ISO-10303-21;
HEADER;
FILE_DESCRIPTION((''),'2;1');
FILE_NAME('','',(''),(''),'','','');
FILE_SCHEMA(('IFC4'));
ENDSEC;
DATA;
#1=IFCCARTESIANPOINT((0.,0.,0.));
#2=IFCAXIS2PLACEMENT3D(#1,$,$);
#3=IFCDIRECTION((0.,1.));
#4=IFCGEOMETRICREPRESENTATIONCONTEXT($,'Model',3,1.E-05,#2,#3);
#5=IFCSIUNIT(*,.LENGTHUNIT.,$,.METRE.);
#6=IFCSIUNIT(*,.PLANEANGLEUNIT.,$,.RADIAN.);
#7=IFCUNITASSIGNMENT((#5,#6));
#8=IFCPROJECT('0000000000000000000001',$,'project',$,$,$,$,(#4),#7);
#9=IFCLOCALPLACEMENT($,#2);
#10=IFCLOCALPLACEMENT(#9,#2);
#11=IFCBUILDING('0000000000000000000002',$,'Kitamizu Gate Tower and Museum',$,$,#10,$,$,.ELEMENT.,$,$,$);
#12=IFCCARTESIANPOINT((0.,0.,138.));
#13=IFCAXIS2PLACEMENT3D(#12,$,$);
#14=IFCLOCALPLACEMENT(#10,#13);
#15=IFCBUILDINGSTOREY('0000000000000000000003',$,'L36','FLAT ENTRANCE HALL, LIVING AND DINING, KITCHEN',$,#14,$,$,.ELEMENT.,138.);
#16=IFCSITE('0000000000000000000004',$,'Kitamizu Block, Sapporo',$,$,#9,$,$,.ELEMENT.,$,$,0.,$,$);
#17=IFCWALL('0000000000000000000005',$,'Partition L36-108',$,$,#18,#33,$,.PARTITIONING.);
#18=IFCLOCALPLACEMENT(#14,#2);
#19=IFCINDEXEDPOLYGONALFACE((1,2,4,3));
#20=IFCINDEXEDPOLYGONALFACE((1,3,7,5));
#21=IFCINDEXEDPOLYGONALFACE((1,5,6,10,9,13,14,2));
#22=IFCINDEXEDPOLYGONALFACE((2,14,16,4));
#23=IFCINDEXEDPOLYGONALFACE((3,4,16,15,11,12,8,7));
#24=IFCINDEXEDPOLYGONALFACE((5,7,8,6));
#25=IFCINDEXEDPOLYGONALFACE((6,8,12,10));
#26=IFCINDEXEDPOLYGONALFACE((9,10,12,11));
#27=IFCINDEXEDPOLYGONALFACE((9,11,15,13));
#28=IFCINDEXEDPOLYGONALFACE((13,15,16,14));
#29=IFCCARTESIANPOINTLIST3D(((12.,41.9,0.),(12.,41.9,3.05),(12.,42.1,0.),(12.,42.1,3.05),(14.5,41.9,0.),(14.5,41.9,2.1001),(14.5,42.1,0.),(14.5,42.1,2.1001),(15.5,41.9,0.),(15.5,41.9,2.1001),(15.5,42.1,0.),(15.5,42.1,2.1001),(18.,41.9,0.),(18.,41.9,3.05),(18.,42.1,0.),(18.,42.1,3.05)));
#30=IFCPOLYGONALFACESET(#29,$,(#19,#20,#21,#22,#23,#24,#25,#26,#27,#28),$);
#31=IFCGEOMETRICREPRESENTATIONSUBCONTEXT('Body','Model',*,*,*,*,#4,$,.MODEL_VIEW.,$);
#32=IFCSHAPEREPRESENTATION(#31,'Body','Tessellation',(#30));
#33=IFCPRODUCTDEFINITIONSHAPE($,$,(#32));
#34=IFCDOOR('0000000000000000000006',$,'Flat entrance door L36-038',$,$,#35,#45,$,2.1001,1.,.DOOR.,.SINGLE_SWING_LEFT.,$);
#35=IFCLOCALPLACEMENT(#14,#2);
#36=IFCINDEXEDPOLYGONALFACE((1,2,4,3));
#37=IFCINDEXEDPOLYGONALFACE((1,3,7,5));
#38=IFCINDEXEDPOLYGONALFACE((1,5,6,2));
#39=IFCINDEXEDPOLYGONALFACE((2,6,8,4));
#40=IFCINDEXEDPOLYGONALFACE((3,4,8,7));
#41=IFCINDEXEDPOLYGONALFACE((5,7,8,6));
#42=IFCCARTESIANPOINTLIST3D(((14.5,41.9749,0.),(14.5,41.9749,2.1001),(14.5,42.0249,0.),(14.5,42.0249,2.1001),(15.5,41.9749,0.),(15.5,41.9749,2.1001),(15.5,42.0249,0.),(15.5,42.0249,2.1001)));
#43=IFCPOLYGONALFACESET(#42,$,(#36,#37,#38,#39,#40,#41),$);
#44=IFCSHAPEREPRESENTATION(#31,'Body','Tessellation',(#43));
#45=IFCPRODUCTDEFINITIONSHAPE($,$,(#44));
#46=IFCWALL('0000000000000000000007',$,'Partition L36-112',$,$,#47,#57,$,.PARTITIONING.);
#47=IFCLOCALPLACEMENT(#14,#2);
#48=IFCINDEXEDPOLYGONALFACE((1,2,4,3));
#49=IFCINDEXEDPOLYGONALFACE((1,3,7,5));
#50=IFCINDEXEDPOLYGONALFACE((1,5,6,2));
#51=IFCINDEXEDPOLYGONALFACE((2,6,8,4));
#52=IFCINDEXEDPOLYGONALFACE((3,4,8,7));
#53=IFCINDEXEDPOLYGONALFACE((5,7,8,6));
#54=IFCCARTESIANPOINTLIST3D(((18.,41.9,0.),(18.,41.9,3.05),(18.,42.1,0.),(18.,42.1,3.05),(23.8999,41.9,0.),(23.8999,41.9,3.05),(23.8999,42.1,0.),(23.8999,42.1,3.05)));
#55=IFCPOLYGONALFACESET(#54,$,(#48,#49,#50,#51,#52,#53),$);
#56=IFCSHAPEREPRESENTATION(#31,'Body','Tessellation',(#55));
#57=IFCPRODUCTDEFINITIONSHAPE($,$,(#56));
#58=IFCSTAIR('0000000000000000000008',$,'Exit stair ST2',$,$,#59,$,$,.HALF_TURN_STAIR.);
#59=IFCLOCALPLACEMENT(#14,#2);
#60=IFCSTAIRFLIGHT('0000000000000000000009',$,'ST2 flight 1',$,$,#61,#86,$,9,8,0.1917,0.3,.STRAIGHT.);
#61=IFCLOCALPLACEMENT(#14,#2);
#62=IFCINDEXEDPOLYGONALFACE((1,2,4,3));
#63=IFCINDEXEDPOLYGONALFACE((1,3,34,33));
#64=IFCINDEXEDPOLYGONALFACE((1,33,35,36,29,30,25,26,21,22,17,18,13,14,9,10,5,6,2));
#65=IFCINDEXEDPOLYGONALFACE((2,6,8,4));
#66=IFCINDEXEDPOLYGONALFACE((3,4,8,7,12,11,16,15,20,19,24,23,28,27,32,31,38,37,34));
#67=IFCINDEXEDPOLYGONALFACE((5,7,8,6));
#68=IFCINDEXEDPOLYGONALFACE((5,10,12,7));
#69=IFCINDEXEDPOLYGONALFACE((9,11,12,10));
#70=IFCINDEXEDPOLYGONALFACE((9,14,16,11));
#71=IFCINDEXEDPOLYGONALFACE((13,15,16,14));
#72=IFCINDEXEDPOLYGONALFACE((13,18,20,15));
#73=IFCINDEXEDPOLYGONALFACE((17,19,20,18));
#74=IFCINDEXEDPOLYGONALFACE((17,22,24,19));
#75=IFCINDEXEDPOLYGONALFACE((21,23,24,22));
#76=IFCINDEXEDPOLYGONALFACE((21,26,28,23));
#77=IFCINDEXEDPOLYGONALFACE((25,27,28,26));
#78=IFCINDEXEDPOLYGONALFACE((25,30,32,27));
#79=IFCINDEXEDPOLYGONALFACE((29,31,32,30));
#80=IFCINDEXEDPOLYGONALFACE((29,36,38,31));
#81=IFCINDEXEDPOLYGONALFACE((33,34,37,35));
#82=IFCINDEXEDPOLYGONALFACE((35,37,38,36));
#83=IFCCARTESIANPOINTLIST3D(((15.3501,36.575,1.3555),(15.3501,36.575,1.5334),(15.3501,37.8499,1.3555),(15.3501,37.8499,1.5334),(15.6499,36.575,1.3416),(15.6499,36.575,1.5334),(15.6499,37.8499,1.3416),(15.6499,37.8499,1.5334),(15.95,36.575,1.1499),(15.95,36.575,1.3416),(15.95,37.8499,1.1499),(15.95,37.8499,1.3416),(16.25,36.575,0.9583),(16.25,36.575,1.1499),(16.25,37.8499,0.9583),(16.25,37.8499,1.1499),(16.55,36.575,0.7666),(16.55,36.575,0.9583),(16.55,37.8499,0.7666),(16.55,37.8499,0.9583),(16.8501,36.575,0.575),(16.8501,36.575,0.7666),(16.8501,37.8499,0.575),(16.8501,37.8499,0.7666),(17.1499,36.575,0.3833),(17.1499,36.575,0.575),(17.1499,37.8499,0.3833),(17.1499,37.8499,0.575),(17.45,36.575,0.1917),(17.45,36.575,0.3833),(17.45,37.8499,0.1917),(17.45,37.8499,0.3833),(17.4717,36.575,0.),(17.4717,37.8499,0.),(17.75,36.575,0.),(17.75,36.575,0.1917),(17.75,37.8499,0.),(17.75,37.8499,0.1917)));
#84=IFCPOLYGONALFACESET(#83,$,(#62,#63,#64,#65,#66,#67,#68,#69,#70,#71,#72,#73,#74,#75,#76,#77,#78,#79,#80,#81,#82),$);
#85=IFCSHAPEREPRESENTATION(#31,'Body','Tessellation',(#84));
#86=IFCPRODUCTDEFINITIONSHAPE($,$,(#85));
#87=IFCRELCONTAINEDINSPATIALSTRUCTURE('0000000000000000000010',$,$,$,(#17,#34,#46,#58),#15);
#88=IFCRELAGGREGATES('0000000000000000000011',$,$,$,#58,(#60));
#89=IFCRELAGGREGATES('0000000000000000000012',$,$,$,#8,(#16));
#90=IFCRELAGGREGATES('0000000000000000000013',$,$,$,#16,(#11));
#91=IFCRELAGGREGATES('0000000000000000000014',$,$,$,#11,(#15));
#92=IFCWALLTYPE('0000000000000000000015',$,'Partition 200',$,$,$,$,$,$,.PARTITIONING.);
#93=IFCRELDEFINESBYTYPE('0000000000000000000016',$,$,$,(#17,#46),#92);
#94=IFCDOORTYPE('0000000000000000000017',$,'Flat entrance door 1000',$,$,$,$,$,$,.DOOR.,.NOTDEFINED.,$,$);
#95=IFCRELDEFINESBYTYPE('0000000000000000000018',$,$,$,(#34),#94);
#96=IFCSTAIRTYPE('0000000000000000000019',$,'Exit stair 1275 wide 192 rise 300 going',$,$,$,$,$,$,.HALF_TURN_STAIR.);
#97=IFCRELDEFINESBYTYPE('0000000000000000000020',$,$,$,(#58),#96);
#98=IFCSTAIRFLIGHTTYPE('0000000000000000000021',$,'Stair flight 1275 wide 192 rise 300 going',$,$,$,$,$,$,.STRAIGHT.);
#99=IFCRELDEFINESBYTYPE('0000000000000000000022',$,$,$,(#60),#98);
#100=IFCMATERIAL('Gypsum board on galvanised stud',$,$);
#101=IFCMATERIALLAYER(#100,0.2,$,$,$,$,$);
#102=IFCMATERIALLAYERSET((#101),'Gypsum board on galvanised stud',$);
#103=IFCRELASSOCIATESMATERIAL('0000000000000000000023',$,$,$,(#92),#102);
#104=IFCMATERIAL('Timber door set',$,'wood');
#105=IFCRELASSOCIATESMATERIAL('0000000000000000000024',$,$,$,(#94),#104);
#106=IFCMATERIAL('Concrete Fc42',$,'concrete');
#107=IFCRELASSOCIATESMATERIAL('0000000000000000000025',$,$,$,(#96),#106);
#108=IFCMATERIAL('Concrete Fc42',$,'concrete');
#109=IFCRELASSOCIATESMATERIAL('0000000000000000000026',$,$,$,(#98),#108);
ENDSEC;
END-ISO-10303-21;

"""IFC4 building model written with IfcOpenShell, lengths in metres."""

from ifc_helpers import new_model, si_unit, direction, frame, frame_2d, origin, place, context, subcontext, project, spatial, polyline, rectangle, outline, extrude, material, layer, layer_set, type_object, element, fill, aggregate, save


model = new_model("IFC4")

# Units and contexts
model_context = context("Model", 3, precision=1e-05, world=origin(), true_north=direction((0.0, 1.0)))
body_context = subcontext(model_context, "Body", "Model", "MODEL_VIEW")
ifc_project = project(units=[si_unit("LENGTHUNIT", "METRE"), si_unit("PLANEANGLEUNIT", "RADIAN")], contexts=[model_context])

# Site, building, storey
site_placement = place(None, origin())
site = spatial("IfcSite", under=ifc_project, at=site_placement, Name="Kitamizu Block, Sapporo", CompositionType="ELEMENT", RefElevation=0.0)
building_placement = place(site_placement, origin())
building = spatial("IfcBuilding", under=site, at=building_placement, Name="Kitamizu Gate Tower and Museum", CompositionType="ELEMENT")
storey_placement = place(building_placement, frame((0.0, 0.0, 138.0)))
storey = spatial("IfcBuildingStorey", under=building, at=storey_placement, Name="L36", Description="FLAT ENTRANCE HALL, LIVING AND DINING, KITCHEN", CompositionType="ELEMENT", Elevation=138.0)

# Shared definitions
ifc_material_1 = material(Name="Gypsum board on galvanised stud")
ifc_layer_1 = layer(ifc_material_1, 0.2)
ifc_layer_set_1 = layer_set([ifc_layer_1], Name="Gypsum board on galvanised stud")
wall_type_1 = type_object("IfcWallType", Name="Partition 200", PredefinedType="PARTITIONING", material=ifc_layer_set_1)

# Wall, opening, door
wall_1_placement = place(storey_placement, frame((12.0, 42.0, 0.0), z_axis=(0.0, 0.0, 1.0), x_axis=(1.0, 0.0, 0.0)))
wall_1 = element("IfcWall", 1, at=wall_1_placement, inside=storey, type_object=wall_type_1, Name="Partition L36-108", PredefinedType="PARTITIONING", context=body_context, shape_type="SweptSolid", body=[
    extrude(rectangle(XDim=6.0, YDim=0.2, at=frame_2d((3.0, 0.0))), origin(), (0.0, 0.0, 1.0), 3.05),
])
opening_1_placement = place(wall_1_placement, frame((2.5, 0.0, 0.0)))
opening_1 = element("IfcOpeningElement", 2, at=opening_1_placement, cuts=wall_1, PredefinedType="OPENING", context=body_context, shape_type="SweptSolid", body=[
    extrude(rectangle(XDim=1.0, YDim=2.1001, at=frame_2d((0.5, 1.05))), frame((0.0, 0.1099, 0.0), z_axis=(0.0, -1.0, 0.0), x_axis=(1.0, 0.0, 0.0)), (0.0, 0.0, 1.0), 0.22),
])
ifc_material_2 = material(Name="Timber door set", Category="wood")
door_type_1 = type_object("IfcDoorType", Name="Flat entrance door 1000", OperationType="NOTDEFINED", PredefinedType="DOOR", material=ifc_material_2)
door_1_placement = place(opening_1_placement, origin())
door_1 = element("IfcDoor", 3, at=door_1_placement, inside=storey, type_object=door_type_1, Name="Flat entrance door L36-038", OperationType="SINGLE_SWING_LEFT", OverallHeight=2.1001, OverallWidth=1.0, PredefinedType="DOOR", context=body_context, shape_type="SweptSolid", body=[
    extrude(rectangle(XDim=1.0, YDim=2.1001, at=frame_2d((0.5, 1.05))), frame((0.0, 0.0249, 0.0), z_axis=(0.0, -1.0, 0.0), x_axis=(1.0, 0.0, 0.0)), (0.0, 0.0, 1.0), 0.05),
])
fill(opening_1, door_1)

# Wall
wall_2_placement = place(storey_placement, frame((18.0, 42.0, 0.0), z_axis=(0.0, 0.0, 1.0), x_axis=(1.0, 0.0, 0.0)))
element("IfcWall", 4, at=wall_2_placement, inside=storey, type_object=wall_type_1, Name="Partition L36-112", PredefinedType="PARTITIONING", context=body_context, shape_type="SweptSolid", body=[
    extrude(rectangle(XDim=5.8999, YDim=0.2, at=frame_2d((2.95, 0.0))), origin(), (0.0, 0.0, 1.0), 3.05),
])

# Stair, stair flight
ifc_material_3 = material(Name="Concrete Fc42", Category="concrete")
stair_type = type_object("IfcStairType", Name="Exit stair 1275 wide 192 rise 300 going", PredefinedType="HALF_TURN_STAIR", material=ifc_material_3)
stair_placement = place(storey_placement, origin())
stair = element("IfcStair", 5, at=stair_placement, inside=storey, type_object=stair_type, Name="Exit stair ST2", PredefinedType="HALF_TURN_STAIR")
ifc_material_4 = material(Name="Concrete Fc42", Category="concrete")
stair_flight_type = type_object("IfcStairFlightType", Name="Stair flight 1275 wide 192 rise 300 going", PredefinedType="STRAIGHT", material=ifc_material_4)
stair_flight_placement = place(storey_placement, frame((17.75, 37.2124, 0.0), z_axis=(0.0, 0.0, 1.0), x_axis=(-1.0, 0.0, 0.0)))
stair_flight = element("IfcStairFlight", 6, at=stair_flight_placement, type_object=stair_flight_type, Name="ST2 flight 1", NumberOfRisers=9, NumberOfTreads=8, PredefinedType="STRAIGHT", RiserHeight=0.1917, TreadLength=0.3, context=body_context, shape_type="SweptSolid", body=[
    extrude(outline(polyline([(0.0, 0.0), (0.0, 0.1917), (0.3, 0.1917), (0.3, 0.3833), (0.6001, 0.3833), (0.6001, 0.575), (0.8999, 0.575), (0.8999, 0.7666), (1.2, 0.7666), (1.2, 0.9583), (1.5, 0.9583), (1.5, 1.1499), (1.8, 1.1499), (1.8, 1.3416), (2.1001, 1.3416), (2.1001, 1.5334), (2.3999, 1.5334), (2.3999, 1.7251), (2.3999, 1.3555), (0.2783, 0.0), (0.0, 0.0)])), frame((0.0, 0.6375, 0.0), z_axis=(0.0, -1.0, 0.0), x_axis=(1.0, 0.0, 0.0)), (0.0, 0.0, 1.0), 1.2749),
])
aggregate(stair, [stair_flight])

save(model, "model.ifc")
